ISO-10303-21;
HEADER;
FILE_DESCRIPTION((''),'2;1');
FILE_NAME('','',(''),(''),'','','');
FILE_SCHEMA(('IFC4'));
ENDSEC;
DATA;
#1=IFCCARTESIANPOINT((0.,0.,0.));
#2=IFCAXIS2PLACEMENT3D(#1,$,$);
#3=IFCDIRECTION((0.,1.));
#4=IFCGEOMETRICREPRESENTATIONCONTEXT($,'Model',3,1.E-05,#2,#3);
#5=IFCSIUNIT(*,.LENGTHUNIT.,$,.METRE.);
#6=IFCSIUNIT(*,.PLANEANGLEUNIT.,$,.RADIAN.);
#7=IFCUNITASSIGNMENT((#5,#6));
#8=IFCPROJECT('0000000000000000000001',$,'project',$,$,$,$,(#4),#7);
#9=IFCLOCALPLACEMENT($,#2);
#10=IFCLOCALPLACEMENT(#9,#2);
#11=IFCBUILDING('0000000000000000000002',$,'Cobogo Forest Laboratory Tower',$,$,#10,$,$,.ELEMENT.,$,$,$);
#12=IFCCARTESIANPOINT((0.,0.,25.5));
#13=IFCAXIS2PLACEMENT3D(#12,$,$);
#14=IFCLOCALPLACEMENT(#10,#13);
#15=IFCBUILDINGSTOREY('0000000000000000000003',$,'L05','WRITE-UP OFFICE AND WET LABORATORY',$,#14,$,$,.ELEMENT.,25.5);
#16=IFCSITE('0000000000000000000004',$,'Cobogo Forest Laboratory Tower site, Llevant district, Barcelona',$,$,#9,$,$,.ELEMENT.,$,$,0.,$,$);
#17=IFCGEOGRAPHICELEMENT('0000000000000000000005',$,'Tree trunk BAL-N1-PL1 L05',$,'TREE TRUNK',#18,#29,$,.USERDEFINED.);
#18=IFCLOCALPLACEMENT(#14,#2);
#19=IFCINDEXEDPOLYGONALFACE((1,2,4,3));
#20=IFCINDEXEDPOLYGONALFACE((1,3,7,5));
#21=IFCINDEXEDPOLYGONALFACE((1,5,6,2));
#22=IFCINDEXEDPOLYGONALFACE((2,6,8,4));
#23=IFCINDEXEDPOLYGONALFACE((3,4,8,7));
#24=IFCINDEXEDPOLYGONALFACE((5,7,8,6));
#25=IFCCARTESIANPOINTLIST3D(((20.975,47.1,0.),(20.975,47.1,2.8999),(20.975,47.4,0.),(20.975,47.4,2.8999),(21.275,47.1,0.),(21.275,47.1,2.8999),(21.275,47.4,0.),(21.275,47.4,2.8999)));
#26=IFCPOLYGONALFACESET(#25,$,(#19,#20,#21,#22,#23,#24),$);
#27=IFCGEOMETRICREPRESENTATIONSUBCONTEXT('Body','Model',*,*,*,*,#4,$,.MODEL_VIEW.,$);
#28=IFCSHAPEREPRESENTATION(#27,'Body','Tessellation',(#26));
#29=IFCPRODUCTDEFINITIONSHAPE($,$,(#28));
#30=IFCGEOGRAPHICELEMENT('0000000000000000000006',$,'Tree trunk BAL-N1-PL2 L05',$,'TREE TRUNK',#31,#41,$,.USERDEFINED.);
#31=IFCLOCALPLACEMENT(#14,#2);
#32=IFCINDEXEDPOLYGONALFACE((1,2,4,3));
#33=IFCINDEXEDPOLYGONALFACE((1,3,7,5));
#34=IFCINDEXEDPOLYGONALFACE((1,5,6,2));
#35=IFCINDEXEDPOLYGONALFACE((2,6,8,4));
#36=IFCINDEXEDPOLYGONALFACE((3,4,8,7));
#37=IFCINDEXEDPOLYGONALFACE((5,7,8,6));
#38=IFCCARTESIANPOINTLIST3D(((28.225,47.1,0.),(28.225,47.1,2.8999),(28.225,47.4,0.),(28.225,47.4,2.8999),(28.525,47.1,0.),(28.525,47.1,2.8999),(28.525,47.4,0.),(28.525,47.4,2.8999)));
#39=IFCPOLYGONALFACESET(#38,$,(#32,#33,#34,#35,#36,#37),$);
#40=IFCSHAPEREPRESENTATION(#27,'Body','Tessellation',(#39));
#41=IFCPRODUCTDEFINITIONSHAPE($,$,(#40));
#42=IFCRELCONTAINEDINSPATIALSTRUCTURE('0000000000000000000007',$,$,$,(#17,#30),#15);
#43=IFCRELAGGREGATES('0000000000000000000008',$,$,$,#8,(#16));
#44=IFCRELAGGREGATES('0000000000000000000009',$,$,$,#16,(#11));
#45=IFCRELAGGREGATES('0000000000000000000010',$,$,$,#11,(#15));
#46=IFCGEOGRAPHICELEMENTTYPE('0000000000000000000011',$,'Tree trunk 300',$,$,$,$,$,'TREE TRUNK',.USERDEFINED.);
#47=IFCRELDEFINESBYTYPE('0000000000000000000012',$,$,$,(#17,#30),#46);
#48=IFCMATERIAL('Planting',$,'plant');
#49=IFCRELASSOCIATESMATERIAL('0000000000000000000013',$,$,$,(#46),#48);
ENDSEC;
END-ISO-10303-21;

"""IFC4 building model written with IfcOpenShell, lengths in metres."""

from ifc_helpers import new_model, si_unit, direction, frame, origin, origin_2d, place, context, subcontext, project, spatial, rectangle, extrude, material, type_object, element, save


model = new_model("IFC4")

# Units and contexts
model_context = context("Model", 3, precision=1e-05, world=origin(), true_north=direction((0.0, 1.0)))
body_context = subcontext(model_context, "Body", "Model", "MODEL_VIEW")
ifc_project = project(units=[si_unit("LENGTHUNIT", "METRE"), si_unit("PLANEANGLEUNIT", "RADIAN")], contexts=[model_context])

# Site, building, storey
site_placement = place(None, origin())
site = spatial("IfcSite", under=ifc_project, at=site_placement, Name="Cobogo Forest Laboratory Tower site, Llevant district, Barcelona", CompositionType="ELEMENT", RefElevation=0.0)
building_placement = place(site_placement, origin())
building = spatial("IfcBuilding", under=site, at=building_placement, Name="Cobogo Forest Laboratory Tower", CompositionType="ELEMENT")
storey_placement = place(building_placement, frame((0.0, 0.0, 25.5)))
storey = spatial("IfcBuildingStorey", under=building, at=storey_placement, Name="L05", Description="WRITE-UP OFFICE AND WET LABORATORY", CompositionType="ELEMENT", Elevation=25.5)

# Geographic elements
ifc_material_1 = material(Name="Planting", Category="plant")
geographic_element_type = type_object("IfcGeographicElementType", Name="Tree trunk 300", ElementType="TREE TRUNK", PredefinedType="USERDEFINED", material=ifc_material_1)
for number, where, z_axis, x_axis, name in (
    (1, (21.125, 47.25, 0.0), (0.0, 0.0, 1.0), (1.0, 0.0, 0.0), "Tree trunk BAL-N1-PL1 L05"),
    (2, (28.375, 47.25, 0.0), (0.0, 0.0, 1.0), (1.0, 0.0, 0.0), "Tree trunk BAL-N1-PL2 L05"),
):
    element("IfcGeographicElement", number, at=place(storey_placement, frame(where, z_axis=z_axis, x_axis=x_axis)), inside=storey, type_object=geographic_element_type, Name=name, ObjectType="TREE TRUNK", PredefinedType="USERDEFINED", context=body_context, shape_type="SweptSolid", body=[
        extrude(rectangle(XDim=0.3, YDim=0.3, at=origin_2d()), origin(), (0.0, 0.0, 1.0), 2.8999),
    ])

save(model, "model.ifc")
